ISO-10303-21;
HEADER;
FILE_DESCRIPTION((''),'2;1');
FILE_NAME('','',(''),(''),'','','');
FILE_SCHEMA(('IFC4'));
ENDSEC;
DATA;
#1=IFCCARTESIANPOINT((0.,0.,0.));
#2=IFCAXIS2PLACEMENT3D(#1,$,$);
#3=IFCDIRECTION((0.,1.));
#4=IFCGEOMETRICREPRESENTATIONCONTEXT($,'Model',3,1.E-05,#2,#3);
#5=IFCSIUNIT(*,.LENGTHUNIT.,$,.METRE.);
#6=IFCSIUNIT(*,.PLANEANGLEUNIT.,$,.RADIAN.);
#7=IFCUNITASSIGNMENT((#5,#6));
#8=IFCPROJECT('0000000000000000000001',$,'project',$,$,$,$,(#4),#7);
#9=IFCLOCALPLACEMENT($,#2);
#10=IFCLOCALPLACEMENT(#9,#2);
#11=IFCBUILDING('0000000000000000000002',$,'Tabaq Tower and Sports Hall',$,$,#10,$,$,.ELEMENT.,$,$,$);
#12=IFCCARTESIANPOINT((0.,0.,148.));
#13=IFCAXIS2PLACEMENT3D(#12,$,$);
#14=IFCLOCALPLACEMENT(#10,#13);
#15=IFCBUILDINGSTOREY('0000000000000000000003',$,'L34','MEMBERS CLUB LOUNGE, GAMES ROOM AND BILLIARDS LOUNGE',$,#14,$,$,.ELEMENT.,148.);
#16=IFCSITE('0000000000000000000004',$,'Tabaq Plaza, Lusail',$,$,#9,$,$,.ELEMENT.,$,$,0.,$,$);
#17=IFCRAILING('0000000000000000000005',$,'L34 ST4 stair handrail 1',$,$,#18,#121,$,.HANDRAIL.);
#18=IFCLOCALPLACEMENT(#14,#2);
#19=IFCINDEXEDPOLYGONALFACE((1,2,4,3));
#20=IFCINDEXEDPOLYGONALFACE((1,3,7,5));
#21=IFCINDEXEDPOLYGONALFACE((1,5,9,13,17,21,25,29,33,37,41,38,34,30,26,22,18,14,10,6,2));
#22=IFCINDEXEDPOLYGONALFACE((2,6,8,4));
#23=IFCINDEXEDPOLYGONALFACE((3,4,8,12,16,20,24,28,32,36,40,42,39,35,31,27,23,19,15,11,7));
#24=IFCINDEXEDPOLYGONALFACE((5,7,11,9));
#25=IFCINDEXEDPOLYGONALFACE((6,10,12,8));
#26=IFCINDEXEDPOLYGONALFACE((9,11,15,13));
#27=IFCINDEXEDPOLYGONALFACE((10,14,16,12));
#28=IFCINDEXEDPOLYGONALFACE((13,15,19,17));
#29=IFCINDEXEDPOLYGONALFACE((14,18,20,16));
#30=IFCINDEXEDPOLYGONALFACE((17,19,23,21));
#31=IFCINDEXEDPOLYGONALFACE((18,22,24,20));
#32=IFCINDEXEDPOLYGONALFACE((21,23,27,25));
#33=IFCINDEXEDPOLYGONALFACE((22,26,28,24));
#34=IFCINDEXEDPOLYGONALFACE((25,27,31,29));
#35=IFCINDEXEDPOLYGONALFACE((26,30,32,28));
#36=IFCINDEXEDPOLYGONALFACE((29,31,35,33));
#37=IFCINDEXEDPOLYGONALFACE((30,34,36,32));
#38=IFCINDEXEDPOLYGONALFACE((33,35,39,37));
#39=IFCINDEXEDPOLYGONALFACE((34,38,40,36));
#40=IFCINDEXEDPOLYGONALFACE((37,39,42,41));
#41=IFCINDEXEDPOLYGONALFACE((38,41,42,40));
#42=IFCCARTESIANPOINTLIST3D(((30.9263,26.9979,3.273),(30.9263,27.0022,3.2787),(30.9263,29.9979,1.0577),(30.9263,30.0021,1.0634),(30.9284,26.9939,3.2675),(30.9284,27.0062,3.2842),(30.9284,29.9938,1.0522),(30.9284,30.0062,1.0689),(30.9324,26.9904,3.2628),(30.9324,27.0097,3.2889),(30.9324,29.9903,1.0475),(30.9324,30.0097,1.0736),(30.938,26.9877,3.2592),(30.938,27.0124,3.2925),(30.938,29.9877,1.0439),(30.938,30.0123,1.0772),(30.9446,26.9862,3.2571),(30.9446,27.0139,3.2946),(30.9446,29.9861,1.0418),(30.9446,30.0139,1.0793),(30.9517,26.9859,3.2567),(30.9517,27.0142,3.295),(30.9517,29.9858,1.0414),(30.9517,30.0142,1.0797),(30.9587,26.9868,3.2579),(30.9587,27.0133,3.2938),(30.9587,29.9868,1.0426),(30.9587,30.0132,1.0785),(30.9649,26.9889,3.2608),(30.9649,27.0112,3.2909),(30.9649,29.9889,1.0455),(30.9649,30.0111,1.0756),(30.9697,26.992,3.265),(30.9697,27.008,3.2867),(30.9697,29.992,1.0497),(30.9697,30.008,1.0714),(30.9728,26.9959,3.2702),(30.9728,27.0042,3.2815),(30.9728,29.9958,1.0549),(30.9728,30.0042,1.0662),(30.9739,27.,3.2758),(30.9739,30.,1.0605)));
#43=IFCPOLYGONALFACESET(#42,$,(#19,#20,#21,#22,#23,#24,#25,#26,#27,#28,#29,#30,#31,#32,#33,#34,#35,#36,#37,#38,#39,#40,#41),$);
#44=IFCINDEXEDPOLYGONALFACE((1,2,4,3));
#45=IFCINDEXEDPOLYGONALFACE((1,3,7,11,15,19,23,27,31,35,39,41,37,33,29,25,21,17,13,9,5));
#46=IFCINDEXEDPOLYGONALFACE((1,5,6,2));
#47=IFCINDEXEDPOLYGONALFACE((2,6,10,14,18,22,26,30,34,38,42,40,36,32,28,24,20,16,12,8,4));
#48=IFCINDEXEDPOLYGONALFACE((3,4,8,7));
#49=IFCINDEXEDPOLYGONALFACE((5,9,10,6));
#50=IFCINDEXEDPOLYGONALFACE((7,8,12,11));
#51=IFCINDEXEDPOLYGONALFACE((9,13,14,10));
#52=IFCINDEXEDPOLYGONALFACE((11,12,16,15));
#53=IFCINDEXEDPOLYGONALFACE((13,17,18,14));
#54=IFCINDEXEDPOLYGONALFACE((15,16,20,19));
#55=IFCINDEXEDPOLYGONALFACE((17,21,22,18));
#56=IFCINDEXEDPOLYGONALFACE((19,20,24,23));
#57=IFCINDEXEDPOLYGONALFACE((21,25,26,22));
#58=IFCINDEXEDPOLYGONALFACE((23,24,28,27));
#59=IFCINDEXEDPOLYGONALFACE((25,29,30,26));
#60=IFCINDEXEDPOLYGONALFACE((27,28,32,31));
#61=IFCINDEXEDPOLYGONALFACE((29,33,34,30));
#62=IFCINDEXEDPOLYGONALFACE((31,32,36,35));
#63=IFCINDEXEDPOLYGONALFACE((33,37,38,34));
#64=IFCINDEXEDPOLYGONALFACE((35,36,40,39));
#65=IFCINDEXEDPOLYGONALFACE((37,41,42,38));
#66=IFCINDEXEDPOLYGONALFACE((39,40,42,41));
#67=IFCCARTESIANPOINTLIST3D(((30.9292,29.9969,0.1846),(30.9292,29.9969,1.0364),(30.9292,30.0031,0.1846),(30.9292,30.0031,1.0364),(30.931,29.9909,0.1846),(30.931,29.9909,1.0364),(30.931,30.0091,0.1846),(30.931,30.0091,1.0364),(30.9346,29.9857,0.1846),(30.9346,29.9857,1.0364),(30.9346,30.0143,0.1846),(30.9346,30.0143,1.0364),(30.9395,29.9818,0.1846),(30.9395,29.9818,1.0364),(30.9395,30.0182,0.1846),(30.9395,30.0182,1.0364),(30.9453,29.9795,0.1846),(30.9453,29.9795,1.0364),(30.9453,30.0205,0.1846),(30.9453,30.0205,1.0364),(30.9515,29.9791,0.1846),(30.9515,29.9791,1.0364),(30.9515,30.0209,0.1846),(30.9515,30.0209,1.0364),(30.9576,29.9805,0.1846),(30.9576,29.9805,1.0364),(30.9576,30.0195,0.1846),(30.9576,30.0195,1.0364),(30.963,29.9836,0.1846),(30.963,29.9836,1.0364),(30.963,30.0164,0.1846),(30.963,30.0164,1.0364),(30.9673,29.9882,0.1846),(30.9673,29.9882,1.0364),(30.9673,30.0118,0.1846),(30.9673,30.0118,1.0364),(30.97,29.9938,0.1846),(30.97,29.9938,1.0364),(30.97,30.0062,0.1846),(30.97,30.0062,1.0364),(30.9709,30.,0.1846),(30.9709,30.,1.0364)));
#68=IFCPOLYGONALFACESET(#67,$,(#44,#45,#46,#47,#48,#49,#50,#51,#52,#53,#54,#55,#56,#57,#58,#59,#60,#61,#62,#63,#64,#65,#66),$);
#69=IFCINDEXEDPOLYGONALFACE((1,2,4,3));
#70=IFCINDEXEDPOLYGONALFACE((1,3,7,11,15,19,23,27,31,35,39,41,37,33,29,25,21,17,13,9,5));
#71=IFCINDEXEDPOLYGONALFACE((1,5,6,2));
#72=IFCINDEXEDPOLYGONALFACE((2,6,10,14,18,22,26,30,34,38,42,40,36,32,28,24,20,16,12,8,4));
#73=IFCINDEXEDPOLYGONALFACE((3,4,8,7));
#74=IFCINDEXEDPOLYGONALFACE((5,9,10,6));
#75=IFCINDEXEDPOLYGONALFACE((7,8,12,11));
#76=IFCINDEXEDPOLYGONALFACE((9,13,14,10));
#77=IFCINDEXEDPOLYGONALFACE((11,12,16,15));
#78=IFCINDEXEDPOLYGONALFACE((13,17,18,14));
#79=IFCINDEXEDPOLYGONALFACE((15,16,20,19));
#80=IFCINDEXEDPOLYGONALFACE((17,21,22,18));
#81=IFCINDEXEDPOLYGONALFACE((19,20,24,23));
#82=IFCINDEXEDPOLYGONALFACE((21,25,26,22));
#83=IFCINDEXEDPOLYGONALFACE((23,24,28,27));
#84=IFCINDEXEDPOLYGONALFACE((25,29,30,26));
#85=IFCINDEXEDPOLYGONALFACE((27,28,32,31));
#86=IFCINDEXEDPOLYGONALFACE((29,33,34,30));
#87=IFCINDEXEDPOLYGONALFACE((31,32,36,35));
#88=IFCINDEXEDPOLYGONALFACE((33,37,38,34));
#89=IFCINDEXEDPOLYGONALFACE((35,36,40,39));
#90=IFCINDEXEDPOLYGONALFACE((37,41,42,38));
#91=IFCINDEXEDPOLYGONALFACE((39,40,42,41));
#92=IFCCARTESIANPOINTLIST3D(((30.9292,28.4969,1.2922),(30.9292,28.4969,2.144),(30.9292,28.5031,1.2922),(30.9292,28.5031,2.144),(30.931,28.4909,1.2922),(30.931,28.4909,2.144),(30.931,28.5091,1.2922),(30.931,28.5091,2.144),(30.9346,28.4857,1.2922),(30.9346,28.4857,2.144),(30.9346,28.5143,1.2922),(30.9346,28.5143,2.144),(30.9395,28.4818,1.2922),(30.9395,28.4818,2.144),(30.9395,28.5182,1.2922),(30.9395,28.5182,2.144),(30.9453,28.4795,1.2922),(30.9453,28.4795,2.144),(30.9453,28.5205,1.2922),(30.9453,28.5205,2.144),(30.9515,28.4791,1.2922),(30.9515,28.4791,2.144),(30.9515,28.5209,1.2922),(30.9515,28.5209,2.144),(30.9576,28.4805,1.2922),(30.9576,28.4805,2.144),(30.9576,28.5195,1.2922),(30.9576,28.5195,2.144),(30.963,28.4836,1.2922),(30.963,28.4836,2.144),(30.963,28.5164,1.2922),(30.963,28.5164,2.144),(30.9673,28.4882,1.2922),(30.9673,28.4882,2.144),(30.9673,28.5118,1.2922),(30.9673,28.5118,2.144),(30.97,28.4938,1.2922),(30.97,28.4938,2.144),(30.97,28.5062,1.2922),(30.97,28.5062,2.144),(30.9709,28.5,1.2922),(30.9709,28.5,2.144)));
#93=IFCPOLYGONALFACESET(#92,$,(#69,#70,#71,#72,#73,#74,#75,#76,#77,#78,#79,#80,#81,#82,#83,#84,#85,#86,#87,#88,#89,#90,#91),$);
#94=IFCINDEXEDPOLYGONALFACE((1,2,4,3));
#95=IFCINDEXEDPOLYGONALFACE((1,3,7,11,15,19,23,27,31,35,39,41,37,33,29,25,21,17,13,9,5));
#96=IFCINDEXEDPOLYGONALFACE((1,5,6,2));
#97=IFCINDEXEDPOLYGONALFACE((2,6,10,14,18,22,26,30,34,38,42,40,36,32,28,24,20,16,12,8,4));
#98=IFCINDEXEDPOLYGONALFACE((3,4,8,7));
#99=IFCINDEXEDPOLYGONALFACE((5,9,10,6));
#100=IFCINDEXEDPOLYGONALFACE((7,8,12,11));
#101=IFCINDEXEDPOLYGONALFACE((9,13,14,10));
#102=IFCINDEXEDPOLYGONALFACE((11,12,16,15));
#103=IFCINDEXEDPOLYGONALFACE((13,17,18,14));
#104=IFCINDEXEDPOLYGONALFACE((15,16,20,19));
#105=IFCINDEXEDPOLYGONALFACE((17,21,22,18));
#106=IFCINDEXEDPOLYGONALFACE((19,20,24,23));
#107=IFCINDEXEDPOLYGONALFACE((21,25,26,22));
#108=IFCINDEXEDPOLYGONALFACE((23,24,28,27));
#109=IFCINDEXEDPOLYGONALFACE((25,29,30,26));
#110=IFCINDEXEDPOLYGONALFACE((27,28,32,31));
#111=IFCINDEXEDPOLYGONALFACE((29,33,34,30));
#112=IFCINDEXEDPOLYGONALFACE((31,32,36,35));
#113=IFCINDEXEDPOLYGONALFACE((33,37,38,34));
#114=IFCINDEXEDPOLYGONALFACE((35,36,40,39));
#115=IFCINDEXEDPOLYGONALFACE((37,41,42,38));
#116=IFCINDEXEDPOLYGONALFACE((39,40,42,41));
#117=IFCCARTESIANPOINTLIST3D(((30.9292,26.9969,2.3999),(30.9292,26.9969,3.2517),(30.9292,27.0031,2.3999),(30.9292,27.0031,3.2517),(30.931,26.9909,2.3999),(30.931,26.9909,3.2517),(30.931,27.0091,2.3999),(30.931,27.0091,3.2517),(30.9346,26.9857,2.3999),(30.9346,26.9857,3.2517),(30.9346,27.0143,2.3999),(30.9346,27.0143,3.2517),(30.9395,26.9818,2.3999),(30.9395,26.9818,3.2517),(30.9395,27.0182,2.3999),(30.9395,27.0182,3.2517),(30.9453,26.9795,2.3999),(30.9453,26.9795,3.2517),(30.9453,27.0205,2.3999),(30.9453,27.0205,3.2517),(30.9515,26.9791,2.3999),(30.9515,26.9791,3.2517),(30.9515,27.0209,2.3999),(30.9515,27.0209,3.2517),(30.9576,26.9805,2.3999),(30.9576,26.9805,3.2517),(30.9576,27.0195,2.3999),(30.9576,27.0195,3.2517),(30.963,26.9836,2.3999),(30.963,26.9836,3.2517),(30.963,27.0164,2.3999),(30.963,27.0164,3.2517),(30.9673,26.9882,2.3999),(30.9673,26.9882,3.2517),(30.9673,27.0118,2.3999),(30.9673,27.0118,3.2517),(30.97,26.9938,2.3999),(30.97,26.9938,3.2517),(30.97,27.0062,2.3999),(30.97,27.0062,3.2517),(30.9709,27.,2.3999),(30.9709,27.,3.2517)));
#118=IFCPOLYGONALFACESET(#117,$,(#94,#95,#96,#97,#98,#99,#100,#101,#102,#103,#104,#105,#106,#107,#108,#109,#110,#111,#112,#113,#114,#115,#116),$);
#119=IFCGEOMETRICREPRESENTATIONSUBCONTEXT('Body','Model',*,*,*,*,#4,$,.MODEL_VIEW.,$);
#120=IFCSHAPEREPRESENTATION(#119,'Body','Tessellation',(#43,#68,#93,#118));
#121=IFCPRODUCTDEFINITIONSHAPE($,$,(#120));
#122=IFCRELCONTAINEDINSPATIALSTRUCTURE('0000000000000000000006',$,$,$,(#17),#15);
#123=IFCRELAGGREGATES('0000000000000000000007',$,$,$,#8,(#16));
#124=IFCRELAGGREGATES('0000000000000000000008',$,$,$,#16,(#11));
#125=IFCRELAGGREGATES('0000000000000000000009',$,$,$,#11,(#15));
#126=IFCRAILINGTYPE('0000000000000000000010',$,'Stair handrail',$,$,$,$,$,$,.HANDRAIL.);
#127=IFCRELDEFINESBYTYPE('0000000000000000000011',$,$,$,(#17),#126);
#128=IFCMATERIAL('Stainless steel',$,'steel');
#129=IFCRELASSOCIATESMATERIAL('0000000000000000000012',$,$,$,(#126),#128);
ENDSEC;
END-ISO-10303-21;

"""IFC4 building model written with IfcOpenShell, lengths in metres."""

from ifc_helpers import new_model, si_unit, direction, frame, origin, origin_2d, place, context, subcontext, project, spatial, circle, extrude, material, type_object, element, save


model = new_model("IFC4")

# Units and contexts
model_context = context("Model", 3, precision=1e-05, world=origin(), true_north=direction((0.0, 1.0)))
body_context = subcontext(model_context, "Body", "Model", "MODEL_VIEW")
ifc_project = project(units=[si_unit("LENGTHUNIT", "METRE"), si_unit("PLANEANGLEUNIT", "RADIAN")], contexts=[model_context])

# Site, building, storey
site_placement = place(None, origin())
site = spatial("IfcSite", under=ifc_project, at=site_placement, Name="Tabaq Plaza, Lusail", CompositionType="ELEMENT", RefElevation=0.0)
building_placement = place(site_placement, origin())
building = spatial("IfcBuilding", under=site, at=building_placement, Name="Tabaq Tower and Sports Hall", CompositionType="ELEMENT")
storey_placement = place(building_placement, frame((0.0, 0.0, 148.0)))
storey = spatial("IfcBuildingStorey", under=building, at=storey_placement, Name="L34", Description="MEMBERS CLUB LOUNGE, GAMES ROOM AND BILLIARDS LOUNGE", CompositionType="ELEMENT", Elevation=148.0)

# Railing
ifc_material_1 = material(Name="Stainless steel", Category="steel")
railing_type_1 = type_object("IfcRailingType", Name="Stair handrail", PredefinedType="HANDRAIL", material=ifc_material_1)
railing_1_placement = place(storey_placement, frame((30.95, 30.0, 0.1846)))
element("IfcRailing", 1, at=railing_1_placement, inside=storey, type_object=railing_type_1, Name="L34 ST4 stair handrail 1", PredefinedType="HANDRAIL", context=body_context, shape_type="SweptSolid", body=[
    extrude(circle(Radius=0.0239, at=origin_2d()), frame((0.0, 0.0, 0.876), z_axis=(0.0, -0.80444, 0.594034), x_axis=(1.0, 0.0, 0.0)), (0.0, 0.0, 1.0), 3.7292),
    extrude(circle(Radius=0.021, at=origin_2d()), origin(), (0.0, 0.0, 1.0), 0.8518),
    extrude(circle(Radius=0.021, at=origin_2d()), frame((0.0, -1.5, 1.1077)), (0.0, 0.0, 1.0), 0.8518),
    extrude(circle(Radius=0.021, at=origin_2d()), frame((0.0, -3.0, 2.2153)), (0.0, 0.0, 1.0), 0.8518),
])

save(model, "model.ifc")
